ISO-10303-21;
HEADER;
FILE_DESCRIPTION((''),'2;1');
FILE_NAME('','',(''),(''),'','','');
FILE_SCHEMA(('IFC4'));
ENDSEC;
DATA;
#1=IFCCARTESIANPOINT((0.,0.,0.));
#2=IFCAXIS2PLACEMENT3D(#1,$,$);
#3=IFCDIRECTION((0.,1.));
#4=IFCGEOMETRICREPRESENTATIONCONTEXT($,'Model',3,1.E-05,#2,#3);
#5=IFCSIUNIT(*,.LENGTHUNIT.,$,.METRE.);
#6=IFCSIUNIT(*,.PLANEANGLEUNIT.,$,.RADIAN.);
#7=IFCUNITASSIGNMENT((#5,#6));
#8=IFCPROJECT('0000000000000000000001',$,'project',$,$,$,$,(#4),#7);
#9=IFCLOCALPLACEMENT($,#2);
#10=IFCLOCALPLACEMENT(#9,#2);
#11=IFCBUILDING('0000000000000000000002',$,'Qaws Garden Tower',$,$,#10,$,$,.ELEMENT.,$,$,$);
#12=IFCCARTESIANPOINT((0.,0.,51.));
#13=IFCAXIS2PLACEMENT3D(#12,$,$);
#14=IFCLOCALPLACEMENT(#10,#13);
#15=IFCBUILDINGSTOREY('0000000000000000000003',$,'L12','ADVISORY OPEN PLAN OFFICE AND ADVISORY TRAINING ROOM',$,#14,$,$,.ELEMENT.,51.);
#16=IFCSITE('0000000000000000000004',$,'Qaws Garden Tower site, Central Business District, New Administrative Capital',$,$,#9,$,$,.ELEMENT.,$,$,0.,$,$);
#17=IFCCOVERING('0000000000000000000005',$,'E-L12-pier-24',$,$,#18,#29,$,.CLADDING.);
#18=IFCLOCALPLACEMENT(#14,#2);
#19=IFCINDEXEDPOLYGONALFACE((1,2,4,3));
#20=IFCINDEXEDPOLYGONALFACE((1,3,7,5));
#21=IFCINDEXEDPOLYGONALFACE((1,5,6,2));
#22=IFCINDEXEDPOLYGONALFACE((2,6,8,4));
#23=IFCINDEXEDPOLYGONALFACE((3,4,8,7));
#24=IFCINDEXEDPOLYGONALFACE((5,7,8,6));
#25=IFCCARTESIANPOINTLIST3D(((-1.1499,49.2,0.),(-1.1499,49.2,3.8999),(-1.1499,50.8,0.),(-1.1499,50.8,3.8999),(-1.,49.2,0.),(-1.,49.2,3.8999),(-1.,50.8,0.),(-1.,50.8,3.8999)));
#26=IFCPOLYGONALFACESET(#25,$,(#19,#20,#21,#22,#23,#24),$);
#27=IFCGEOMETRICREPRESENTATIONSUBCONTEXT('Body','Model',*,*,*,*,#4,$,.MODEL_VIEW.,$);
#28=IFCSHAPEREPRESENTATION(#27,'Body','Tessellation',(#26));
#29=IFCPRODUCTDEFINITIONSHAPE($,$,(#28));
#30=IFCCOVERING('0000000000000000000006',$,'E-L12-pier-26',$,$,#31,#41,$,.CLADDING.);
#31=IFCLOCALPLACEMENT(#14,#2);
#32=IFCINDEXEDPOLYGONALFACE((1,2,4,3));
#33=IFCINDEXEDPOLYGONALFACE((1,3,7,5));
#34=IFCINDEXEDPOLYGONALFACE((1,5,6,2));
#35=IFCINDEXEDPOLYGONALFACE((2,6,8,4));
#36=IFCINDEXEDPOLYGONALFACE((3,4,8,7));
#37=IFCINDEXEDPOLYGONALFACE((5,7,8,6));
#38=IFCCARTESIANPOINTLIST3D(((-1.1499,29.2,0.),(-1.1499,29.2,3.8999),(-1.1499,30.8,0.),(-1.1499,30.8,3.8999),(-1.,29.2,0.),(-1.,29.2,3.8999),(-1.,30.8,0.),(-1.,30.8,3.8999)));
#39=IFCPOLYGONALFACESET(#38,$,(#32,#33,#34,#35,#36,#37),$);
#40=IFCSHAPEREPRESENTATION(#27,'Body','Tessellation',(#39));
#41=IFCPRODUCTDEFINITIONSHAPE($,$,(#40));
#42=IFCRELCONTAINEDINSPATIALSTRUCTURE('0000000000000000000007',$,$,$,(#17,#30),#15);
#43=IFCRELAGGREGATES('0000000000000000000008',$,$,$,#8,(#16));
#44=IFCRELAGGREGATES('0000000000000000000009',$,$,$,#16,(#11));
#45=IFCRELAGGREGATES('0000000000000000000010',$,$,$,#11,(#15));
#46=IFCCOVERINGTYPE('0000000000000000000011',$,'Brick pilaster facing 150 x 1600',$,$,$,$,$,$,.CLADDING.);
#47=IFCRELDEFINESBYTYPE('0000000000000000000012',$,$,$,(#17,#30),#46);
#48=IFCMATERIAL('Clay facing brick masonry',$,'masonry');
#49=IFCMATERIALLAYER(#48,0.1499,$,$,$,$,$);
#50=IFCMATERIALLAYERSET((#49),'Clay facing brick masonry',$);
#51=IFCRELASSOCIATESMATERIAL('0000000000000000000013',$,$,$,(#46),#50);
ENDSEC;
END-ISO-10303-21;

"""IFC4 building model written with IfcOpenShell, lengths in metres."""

from ifc_helpers import new_model, si_unit, direction, frame, origin, place, context, subcontext, project, spatial, polyline, outline, extrude, material, layer, layer_set, type_object, element, save


model = new_model("IFC4")

# Units and contexts
model_context = context("Model", 3, precision=1e-05, world=origin(), true_north=direction((0.0, 1.0)))
body_context = subcontext(model_context, "Body", "Model", "MODEL_VIEW")
ifc_project = project(units=[si_unit("LENGTHUNIT", "METRE"), si_unit("PLANEANGLEUNIT", "RADIAN")], contexts=[model_context])

# Site, building, storey
site_placement = place(None, origin())
site = spatial("IfcSite", under=ifc_project, at=site_placement, Name="Qaws Garden Tower site, Central Business District, New Administrative Capital", CompositionType="ELEMENT", RefElevation=0.0)
building_placement = place(site_placement, origin())
building = spatial("IfcBuilding", under=site, at=building_placement, Name="Qaws Garden Tower", CompositionType="ELEMENT")
storey_placement = place(building_placement, frame((0.0, 0.0, 51.0)))
storey = spatial("IfcBuildingStorey", under=building, at=storey_placement, Name="L12", Description="ADVISORY OPEN PLAN OFFICE AND ADVISORY TRAINING ROOM", CompositionType="ELEMENT", Elevation=51.0)

# Shared definitions
placement = place(storey_placement, origin())

# Coverings
ifc_material_1 = material(Name="Clay facing brick masonry", Category="masonry")
ifc_layer_1 = layer(ifc_material_1, 0.1499)
ifc_layer_set_1 = layer_set([ifc_layer_1], Name="Clay facing brick masonry")
covering_type = type_object("IfcCoveringType", Name="Brick pilaster facing 150 x 1600", PredefinedType="CLADDING", material=ifc_layer_set_1)
element("IfcCovering", 1, at=placement, inside=storey, type_object=covering_type, Name="E-L12-pier-24", PredefinedType="CLADDING", context=body_context, shape_type="SweptSolid", body=[
    extrude(outline(polyline([(-1.0, 50.8), (-1.0, 49.2), (-1.1499, 49.2), (-1.1499, 50.8), (-1.0, 50.8)])), origin(), (0.0, 0.0, 1.0), 3.8999),
])
element("IfcCovering", 2, at=placement, inside=storey, type_object=covering_type, Name="E-L12-pier-26", PredefinedType="CLADDING", context=body_context, shape_type="SweptSolid", body=[
    extrude(outline(polyline([(-1.0, 30.8), (-1.0, 29.2), (-1.1499, 29.2), (-1.1499, 30.8), (-1.0, 30.8)])), origin(), (0.0, 0.0, 1.0), 3.8999),
])

save(model, "model.ifc")
